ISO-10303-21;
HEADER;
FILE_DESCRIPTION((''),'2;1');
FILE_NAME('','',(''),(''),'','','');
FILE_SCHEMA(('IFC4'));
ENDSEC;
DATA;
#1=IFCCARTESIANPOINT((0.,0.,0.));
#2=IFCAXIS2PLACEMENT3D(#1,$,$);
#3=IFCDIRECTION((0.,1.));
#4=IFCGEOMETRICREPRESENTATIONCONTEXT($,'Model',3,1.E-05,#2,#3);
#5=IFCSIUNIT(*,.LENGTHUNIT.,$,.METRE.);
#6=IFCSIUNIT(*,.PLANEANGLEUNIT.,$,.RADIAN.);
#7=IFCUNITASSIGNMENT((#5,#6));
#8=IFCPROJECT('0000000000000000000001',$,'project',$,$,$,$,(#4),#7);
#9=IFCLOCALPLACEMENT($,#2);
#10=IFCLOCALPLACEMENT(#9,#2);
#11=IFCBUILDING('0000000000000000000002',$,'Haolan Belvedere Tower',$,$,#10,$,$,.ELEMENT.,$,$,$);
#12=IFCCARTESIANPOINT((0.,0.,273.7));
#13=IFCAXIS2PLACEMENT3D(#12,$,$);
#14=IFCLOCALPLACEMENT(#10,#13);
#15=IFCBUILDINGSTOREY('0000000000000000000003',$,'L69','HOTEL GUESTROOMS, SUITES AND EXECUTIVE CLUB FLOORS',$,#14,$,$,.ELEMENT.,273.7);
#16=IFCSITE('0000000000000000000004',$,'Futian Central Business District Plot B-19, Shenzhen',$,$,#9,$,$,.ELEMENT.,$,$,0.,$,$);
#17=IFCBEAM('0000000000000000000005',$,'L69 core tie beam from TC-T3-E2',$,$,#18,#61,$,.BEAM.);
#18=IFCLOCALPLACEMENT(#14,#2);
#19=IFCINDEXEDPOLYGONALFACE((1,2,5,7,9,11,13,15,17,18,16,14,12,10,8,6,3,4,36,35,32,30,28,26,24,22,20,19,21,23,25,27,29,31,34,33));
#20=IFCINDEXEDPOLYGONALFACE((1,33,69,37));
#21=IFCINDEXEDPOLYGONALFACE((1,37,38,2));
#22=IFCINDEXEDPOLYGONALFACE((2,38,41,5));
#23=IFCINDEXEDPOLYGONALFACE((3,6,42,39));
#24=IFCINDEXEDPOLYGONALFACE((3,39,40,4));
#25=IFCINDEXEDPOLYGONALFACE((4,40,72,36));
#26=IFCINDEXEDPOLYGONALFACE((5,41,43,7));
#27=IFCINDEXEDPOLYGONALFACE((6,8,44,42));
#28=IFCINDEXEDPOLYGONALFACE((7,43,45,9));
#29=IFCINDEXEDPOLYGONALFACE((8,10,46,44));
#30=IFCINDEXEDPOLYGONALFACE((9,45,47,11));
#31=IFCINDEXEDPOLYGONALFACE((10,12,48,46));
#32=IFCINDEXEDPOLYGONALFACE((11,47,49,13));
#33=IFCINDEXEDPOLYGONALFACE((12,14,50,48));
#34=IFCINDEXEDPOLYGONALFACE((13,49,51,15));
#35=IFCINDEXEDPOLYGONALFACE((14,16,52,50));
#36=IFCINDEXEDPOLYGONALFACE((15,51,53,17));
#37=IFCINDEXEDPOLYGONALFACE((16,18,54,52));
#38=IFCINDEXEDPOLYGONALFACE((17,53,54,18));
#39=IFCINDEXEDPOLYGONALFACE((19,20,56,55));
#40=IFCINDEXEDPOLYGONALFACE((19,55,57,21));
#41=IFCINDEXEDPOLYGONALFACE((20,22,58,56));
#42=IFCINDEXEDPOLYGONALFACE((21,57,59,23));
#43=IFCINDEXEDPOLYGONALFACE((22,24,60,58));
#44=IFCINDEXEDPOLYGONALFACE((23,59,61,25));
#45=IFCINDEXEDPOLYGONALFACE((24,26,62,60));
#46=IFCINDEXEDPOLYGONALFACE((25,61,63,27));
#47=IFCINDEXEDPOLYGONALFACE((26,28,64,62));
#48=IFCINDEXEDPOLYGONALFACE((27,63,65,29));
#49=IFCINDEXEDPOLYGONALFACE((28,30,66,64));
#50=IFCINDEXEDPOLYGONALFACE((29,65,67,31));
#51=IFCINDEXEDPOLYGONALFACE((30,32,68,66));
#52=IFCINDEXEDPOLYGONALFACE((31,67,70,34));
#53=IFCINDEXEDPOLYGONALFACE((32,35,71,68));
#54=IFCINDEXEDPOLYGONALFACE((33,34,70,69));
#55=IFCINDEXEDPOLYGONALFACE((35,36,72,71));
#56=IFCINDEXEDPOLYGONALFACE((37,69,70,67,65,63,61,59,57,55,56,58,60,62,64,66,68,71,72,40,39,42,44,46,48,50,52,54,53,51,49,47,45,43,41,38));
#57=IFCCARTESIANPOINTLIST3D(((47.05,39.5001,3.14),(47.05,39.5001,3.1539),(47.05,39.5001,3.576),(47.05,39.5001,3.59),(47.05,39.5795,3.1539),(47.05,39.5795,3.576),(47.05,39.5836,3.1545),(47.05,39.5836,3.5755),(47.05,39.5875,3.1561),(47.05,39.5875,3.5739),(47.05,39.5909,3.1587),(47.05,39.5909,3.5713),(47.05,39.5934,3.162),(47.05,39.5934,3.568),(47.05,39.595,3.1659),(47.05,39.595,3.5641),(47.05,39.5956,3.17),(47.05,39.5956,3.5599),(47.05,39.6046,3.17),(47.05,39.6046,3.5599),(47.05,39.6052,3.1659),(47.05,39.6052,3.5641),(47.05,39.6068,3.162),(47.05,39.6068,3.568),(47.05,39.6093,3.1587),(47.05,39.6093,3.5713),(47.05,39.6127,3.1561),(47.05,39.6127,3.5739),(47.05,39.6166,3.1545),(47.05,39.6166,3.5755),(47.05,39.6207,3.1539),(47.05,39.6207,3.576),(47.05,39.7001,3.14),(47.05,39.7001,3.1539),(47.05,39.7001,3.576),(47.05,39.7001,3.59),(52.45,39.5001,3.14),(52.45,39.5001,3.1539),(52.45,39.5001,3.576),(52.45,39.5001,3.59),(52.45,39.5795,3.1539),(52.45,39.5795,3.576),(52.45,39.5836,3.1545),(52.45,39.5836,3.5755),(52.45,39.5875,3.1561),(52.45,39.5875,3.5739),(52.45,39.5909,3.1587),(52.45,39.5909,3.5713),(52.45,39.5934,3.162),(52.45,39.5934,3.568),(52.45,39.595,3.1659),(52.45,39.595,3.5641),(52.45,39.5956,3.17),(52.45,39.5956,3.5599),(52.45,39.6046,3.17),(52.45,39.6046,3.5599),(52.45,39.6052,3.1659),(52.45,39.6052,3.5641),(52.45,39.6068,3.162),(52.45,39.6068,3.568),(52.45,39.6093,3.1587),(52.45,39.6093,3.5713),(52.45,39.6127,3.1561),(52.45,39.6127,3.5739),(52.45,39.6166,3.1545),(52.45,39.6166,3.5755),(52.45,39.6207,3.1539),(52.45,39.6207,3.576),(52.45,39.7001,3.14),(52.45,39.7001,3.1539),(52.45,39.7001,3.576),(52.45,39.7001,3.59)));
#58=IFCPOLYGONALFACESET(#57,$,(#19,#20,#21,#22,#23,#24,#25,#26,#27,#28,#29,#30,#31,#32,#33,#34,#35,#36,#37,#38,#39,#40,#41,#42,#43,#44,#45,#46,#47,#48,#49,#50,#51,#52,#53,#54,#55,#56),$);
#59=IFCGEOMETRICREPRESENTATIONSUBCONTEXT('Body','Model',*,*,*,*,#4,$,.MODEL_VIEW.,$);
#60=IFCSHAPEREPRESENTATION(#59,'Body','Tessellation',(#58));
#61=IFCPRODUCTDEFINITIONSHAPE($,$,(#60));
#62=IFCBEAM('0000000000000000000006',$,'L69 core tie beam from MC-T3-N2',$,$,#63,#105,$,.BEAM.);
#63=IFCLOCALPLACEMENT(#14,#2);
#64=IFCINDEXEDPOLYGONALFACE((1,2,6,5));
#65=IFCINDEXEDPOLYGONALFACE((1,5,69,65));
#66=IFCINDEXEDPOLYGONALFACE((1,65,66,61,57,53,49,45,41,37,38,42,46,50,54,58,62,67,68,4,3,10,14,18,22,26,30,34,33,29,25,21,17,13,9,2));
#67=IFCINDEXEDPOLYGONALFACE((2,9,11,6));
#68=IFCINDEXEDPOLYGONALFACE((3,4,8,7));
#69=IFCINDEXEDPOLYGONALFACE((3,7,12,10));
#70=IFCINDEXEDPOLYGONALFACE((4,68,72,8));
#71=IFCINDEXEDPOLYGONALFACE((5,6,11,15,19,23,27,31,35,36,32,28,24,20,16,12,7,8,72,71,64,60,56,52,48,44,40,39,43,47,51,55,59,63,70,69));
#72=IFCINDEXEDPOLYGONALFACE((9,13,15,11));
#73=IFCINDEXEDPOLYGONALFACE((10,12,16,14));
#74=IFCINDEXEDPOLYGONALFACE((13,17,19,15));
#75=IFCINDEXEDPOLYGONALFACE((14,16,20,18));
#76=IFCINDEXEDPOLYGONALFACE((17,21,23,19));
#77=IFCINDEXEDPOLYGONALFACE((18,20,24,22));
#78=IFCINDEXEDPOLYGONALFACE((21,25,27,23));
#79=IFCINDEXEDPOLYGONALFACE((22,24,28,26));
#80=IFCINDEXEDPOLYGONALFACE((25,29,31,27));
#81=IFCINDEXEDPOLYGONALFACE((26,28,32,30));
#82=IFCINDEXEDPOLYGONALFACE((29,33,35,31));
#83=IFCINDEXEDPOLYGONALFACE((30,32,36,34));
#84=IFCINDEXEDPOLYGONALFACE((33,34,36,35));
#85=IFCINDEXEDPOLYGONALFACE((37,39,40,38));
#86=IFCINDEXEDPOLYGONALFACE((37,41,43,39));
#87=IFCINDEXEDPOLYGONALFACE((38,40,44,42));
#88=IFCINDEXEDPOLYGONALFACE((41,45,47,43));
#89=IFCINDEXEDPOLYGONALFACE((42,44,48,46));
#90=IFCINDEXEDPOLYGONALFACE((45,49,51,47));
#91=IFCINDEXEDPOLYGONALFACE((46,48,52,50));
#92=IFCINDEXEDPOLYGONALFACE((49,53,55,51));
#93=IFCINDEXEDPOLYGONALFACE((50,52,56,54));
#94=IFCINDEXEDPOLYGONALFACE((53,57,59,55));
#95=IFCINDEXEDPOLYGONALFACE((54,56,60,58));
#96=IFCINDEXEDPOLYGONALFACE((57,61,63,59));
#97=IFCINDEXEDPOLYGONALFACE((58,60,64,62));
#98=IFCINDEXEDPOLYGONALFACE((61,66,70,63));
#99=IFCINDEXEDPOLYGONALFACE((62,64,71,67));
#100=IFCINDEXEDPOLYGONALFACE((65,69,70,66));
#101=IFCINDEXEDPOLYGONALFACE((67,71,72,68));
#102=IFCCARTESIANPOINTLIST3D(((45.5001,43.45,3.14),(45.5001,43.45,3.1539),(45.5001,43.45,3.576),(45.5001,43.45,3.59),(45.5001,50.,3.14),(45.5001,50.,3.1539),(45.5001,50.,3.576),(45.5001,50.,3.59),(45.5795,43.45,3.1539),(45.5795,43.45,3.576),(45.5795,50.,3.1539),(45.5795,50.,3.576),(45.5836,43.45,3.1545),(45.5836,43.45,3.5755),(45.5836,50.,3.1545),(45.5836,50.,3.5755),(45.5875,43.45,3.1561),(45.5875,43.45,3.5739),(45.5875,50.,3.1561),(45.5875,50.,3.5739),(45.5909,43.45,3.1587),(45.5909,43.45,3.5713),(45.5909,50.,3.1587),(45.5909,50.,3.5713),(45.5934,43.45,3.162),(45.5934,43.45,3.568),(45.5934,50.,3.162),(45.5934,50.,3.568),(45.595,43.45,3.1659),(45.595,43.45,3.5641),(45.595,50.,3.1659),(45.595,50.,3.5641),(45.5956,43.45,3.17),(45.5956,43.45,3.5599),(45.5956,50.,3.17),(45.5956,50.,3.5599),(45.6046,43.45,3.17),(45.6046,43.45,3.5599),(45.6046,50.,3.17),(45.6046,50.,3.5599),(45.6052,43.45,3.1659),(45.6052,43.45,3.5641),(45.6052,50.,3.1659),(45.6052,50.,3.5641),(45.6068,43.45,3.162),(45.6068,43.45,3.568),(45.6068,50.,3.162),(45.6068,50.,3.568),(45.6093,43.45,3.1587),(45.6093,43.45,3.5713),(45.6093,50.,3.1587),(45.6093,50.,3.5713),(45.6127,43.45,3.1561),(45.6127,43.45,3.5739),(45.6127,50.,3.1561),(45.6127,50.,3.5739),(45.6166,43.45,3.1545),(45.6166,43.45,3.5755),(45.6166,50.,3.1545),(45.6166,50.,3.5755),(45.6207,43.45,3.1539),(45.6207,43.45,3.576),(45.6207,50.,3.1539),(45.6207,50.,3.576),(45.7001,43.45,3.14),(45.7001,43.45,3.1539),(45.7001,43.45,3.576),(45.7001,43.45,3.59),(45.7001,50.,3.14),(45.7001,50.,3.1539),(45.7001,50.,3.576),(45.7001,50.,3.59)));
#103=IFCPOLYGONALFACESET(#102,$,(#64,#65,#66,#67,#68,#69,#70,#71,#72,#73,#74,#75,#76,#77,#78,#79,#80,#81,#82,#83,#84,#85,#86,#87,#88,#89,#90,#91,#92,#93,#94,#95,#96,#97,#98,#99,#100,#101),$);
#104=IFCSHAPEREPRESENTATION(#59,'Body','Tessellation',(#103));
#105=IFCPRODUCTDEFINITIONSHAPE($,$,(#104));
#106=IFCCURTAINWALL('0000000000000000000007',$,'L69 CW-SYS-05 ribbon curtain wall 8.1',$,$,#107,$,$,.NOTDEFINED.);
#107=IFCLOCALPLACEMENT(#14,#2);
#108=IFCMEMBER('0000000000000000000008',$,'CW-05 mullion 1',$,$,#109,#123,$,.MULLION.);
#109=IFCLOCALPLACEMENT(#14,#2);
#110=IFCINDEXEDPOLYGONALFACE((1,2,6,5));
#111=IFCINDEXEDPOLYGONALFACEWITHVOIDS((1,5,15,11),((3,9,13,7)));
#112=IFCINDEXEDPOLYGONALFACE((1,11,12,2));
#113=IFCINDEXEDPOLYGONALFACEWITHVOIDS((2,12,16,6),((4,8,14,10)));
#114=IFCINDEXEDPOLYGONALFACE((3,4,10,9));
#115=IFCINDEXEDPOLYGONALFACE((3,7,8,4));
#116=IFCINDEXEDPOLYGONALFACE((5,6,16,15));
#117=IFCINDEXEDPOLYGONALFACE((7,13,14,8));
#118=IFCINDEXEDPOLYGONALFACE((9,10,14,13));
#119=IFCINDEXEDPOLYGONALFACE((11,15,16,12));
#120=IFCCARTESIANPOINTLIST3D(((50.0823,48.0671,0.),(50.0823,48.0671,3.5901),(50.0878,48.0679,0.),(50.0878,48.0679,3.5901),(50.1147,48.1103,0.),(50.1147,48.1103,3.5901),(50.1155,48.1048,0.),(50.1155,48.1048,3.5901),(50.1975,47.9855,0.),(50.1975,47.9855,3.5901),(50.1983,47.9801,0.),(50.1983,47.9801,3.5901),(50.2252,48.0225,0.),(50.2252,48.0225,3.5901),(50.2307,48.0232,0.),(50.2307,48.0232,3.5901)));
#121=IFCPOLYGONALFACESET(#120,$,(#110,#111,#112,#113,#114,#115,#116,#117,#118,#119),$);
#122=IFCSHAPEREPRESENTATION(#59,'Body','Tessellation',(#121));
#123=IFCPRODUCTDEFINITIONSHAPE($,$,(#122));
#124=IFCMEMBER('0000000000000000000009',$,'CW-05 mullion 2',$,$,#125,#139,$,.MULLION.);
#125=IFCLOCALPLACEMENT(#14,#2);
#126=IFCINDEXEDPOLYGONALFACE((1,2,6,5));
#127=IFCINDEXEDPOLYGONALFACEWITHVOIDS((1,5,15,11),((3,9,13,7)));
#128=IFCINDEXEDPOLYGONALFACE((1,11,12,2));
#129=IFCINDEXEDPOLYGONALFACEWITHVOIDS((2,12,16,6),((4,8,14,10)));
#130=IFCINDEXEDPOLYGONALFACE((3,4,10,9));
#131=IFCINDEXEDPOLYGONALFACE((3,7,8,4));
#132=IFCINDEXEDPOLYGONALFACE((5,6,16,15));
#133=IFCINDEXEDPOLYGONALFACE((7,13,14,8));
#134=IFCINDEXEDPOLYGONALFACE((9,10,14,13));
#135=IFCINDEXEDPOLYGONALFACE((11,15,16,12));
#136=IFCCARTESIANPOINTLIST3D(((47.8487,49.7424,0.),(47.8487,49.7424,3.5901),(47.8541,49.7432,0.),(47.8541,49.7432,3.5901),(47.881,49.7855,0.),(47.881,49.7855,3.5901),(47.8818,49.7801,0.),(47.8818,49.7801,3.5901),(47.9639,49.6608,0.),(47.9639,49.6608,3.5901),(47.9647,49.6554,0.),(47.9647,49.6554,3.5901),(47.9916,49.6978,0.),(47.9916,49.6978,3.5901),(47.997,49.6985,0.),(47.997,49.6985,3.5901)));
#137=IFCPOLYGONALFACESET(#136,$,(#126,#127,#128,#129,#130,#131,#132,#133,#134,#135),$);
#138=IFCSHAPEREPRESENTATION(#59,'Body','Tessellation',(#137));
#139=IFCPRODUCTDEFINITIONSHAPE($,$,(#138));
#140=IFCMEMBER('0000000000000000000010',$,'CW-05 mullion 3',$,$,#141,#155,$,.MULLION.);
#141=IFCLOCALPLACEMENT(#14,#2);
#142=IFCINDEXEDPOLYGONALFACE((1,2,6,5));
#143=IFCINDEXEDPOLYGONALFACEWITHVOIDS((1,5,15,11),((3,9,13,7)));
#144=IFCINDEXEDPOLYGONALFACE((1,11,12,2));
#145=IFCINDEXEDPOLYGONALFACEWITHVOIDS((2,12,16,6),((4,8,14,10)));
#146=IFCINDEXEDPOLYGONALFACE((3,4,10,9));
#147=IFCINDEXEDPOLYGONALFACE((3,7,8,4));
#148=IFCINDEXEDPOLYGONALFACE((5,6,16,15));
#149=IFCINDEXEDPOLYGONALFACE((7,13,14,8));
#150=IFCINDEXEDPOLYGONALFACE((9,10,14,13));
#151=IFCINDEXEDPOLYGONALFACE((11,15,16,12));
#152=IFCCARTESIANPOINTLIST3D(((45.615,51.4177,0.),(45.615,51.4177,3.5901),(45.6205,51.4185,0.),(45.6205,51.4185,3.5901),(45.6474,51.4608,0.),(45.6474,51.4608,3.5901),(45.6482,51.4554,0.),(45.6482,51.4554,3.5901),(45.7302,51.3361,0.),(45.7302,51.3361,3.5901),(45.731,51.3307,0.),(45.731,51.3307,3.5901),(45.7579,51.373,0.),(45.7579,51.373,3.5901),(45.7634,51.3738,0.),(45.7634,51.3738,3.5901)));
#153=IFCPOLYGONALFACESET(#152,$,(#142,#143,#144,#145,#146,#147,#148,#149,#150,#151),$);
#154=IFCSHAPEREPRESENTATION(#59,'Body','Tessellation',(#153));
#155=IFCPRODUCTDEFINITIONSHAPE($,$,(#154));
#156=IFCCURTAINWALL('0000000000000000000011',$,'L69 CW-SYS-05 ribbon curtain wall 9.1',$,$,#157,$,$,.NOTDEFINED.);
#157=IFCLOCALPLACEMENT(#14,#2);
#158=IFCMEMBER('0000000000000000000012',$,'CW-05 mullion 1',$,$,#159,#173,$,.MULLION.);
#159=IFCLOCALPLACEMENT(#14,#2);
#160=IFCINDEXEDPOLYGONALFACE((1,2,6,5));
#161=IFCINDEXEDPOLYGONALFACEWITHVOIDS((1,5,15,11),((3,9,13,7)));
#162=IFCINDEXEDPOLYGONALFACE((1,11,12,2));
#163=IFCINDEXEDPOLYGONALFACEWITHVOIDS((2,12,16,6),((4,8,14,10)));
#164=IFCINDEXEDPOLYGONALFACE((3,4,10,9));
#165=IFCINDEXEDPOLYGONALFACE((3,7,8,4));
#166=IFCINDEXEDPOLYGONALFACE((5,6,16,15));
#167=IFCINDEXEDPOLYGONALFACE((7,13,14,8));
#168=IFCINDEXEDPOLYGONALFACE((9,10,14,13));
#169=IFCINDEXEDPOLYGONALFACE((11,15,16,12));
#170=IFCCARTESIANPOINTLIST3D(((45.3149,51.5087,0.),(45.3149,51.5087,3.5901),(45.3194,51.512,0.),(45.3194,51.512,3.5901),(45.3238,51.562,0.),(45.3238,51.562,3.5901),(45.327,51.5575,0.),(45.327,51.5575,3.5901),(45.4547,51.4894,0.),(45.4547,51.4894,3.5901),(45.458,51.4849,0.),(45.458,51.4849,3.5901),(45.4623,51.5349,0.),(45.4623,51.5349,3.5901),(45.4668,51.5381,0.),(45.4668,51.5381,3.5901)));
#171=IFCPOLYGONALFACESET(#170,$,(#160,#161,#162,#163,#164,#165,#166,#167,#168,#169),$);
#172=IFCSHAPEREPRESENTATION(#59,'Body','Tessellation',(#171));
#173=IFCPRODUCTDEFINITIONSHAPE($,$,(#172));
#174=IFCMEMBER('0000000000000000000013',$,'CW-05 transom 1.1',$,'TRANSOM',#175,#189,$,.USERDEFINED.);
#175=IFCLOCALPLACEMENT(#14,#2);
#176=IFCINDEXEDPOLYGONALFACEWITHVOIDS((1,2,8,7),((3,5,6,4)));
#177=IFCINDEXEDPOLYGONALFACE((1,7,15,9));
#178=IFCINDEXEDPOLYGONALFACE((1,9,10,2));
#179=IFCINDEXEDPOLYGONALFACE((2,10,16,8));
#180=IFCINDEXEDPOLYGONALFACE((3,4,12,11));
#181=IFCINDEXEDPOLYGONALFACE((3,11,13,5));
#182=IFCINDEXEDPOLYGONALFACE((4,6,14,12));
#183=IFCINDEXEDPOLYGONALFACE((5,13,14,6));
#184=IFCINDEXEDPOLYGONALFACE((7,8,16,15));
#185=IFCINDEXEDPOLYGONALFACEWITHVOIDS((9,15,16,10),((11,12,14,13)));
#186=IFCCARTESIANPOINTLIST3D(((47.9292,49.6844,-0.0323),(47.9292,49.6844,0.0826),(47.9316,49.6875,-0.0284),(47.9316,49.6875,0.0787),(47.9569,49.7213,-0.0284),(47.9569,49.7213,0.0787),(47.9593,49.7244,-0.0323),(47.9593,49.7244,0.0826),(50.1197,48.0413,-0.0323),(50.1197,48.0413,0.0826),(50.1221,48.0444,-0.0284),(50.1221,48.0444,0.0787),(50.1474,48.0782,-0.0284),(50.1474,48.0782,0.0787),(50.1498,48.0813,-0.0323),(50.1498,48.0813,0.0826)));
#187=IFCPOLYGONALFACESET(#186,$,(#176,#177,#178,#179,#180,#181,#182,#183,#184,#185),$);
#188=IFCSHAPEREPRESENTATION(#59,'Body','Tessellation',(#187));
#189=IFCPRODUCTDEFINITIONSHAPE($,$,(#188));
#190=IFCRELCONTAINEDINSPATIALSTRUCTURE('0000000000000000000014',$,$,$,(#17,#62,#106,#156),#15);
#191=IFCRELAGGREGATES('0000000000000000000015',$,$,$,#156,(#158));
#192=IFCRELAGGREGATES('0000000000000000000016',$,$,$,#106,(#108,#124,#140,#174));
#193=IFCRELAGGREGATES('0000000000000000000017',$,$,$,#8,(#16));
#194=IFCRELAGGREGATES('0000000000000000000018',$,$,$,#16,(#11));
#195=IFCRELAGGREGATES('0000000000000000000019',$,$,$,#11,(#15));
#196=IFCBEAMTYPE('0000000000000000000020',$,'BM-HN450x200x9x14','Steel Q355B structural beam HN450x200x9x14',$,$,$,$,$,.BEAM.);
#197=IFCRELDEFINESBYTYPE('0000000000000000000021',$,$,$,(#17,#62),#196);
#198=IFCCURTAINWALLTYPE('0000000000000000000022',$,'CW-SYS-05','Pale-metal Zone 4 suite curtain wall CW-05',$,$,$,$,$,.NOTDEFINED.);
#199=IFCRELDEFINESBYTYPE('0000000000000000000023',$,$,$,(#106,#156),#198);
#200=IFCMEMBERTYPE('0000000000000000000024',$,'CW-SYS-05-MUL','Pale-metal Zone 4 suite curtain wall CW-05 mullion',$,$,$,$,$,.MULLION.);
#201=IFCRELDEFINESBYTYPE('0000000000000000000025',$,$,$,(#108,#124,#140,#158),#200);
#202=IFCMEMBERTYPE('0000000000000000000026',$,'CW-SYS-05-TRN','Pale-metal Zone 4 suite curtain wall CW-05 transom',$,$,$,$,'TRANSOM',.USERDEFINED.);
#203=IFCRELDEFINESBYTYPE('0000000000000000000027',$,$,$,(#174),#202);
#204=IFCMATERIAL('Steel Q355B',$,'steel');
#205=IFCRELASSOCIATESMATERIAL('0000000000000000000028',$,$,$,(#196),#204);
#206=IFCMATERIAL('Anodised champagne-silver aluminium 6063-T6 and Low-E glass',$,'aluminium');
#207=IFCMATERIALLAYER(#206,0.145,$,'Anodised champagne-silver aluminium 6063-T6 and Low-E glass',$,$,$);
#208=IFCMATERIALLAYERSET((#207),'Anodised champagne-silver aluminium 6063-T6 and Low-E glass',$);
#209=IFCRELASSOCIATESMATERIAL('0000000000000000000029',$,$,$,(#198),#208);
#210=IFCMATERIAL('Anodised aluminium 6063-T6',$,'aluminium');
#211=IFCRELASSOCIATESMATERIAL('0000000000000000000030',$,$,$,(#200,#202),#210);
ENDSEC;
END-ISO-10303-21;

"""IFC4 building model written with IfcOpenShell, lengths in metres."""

from ifc_helpers import new_model, si_unit, direction, frame, origin, origin_2d, place, context, subcontext, project, spatial, hollow_rectangle, i_section, extrude, material, layer, layer_set, material_profile, profile_set, type_object, element, aggregate, save


model = new_model("IFC4")

# Units and contexts
model_context = context("Model", 3, precision=1e-05, world=origin(), true_north=direction((0.0, 1.0)))
body_context = subcontext(model_context, "Body", "Model", "MODEL_VIEW")
ifc_project = project(units=[si_unit("LENGTHUNIT", "METRE"), si_unit("PLANEANGLEUNIT", "RADIAN")], contexts=[model_context])

# Site, building, storey
site_placement = place(None, origin())
site = spatial("IfcSite", under=ifc_project, at=site_placement, Name="Futian Central Business District Plot B-19, Shenzhen", CompositionType="ELEMENT", RefElevation=0.0)
building_placement = place(site_placement, origin())
building = spatial("IfcBuilding", under=site, at=building_placement, Name="Haolan Belvedere Tower", CompositionType="ELEMENT")
storey_placement = place(building_placement, frame((0.0, 0.0, 273.7)))
storey = spatial("IfcBuildingStorey", under=building, at=storey_placement, Name="L69", Description="HOTEL GUESTROOMS, SUITES AND EXECUTIVE CLUB FLOORS", CompositionType="ELEMENT", Elevation=273.7)

# Beams
ifc_material_1 = material(Name="Steel Q355B", Category="steel")
ifc_material_profile_1 = material_profile(ifc_material_1, i_section(OverallWidth=0.2, OverallDepth=0.45, WebThickness=0.009, FlangeThickness=0.0139, FilletRadius=0.0161, at=origin_2d()), Name="Steel Q355B")
ifc_profile_set_1 = profile_set([ifc_material_profile_1], Name="Steel Q355B")
beam_type_1 = type_object("IfcBeamType", Name="BM-HN450x200x9x14", Description="Steel Q355B structural beam HN450x200x9x14", PredefinedType="BEAM", material=ifc_profile_set_1)
beam_1_placement = place(storey_placement, frame((52.45, 39.6001, 3.365), z_axis=(-1.0, 0.0, 0.0), x_axis=(0.0, -1.0, 0.0)))
element("IfcBeam", 1, at=beam_1_placement, inside=storey, type_object=beam_type_1, Name="L69 core tie beam from TC-T3-E2", PredefinedType="BEAM", context=body_context, shape_type="SweptSolid", body=[
    extrude(i_section(OverallWidth=0.2, OverallDepth=0.45, WebThickness=0.009, FlangeThickness=0.0139, FilletRadius=0.0161, at=origin_2d()), origin(), (0.0, 0.0, 1.0), 5.3999),
])
beam_2_placement = place(storey_placement, frame((45.6001, 50.0, 3.365), z_axis=(0.0, -1.0, 0.0), x_axis=(1.0, 0.0, 0.0)))
element("IfcBeam", 2, at=beam_2_placement, inside=storey, type_object=beam_type_1, Name="L69 core tie beam from MC-T3-N2", PredefinedType="BEAM", context=body_context, shape_type="SweptSolid", body=[
    extrude(i_section(OverallWidth=0.2, OverallDepth=0.45, WebThickness=0.009, FlangeThickness=0.0139, FilletRadius=0.0161, at=origin_2d()), origin(), (0.0, 0.0, 1.0), 6.55),
])

# Curtain wall, members
ifc_material_2 = material(Name="Anodised champagne-silver aluminium 6063-T6 and Low-E glass", Category="aluminium")
ifc_layer_1 = layer(ifc_material_2, 0.145, Name="Anodised champagne-silver aluminium 6063-T6 and Low-E glass")
ifc_layer_set_1 = layer_set([ifc_layer_1], Name="Anodised champagne-silver aluminium 6063-T6 and Low-E glass")
curtain_wall_type = type_object("IfcCurtainWallType", Name="CW-SYS-05", Description="Pale-metal Zone 4 suite curtain wall CW-05", PredefinedType="NOTDEFINED", material=ifc_layer_set_1)
curtain_wall_1_placement = place(storey_placement, origin())
curtain_wall_1 = element("IfcCurtainWall", 3, at=curtain_wall_1_placement, inside=storey, type_object=curtain_wall_type, Name="L69 CW-SYS-05 ribbon curtain wall 8.1", PredefinedType="NOTDEFINED")
ifc_material_3 = material(Name="Anodised aluminium 6063-T6", Category="aluminium")
ifc_material_profile_2 = material_profile(ifc_material_3, hollow_rectangle(XDim=0.054, YDim=0.145, WallThickness=0.0039, at=origin_2d()), Name="Anodised aluminium 6063-T6")
ifc_profile_set_2 = profile_set([ifc_material_profile_2], Name="Anodised aluminium 6063-T6")
member_type_1 = type_object("IfcMemberType", Name="CW-SYS-05-MUL", Description="Pale-metal Zone 4 suite curtain wall CW-05 mullion", PredefinedType="MULLION", material=ifc_profile_set_2)
member_1_placement = place(storey_placement, frame((50.1565, 48.0452, 0.0), z_axis=(0.0, 0.0, 1.0), x_axis=(-0.600003, -0.799998, 0.0)))
member_1 = element("IfcMember", 4, at=member_1_placement, type_object=member_type_1, Name="CW-05 mullion 1", PredefinedType="MULLION", context=body_context, shape_type="SweptSolid", body=[
    extrude(hollow_rectangle(XDim=0.054, YDim=0.145, WallThickness=0.0039, at=origin_2d()), origin(), (0.0, 0.0, 1.0), 3.5901),
])
member_2_placement = place(storey_placement, frame((47.9229, 49.7205, 0.0), z_axis=(0.0, 0.0, 1.0), x_axis=(-0.600003, -0.799998, 0.0)))
member_2 = element("IfcMember", 5, at=member_2_placement, type_object=member_type_1, Name="CW-05 mullion 2", PredefinedType="MULLION", context=body_context, shape_type="SweptSolid", body=[
    extrude(hollow_rectangle(XDim=0.054, YDim=0.145, WallThickness=0.0039, at=origin_2d()), origin(), (0.0, 0.0, 1.0), 3.5901),
])
member_3_placement = place(storey_placement, frame((45.6892, 51.3958, 0.0), z_axis=(0.0, 0.0, 1.0), x_axis=(-0.600003, -0.799998, 0.0)))
member_3 = element("IfcMember", 6, at=member_3_placement, type_object=member_type_1, Name="CW-05 mullion 3", PredefinedType="MULLION", context=body_context, shape_type="SweptSolid", body=[
    extrude(hollow_rectangle(XDim=0.054, YDim=0.145, WallThickness=0.0039, at=origin_2d()), origin(), (0.0, 0.0, 1.0), 3.5901),
])

# Curtain wall, member
curtain_wall_2_placement = place(storey_placement, origin())
curtain_wall_2 = element("IfcCurtainWall", 7, at=curtain_wall_2_placement, inside=storey, type_object=curtain_wall_type, Name="L69 CW-SYS-05 ribbon curtain wall 9.1", PredefinedType="NOTDEFINED")
member_4_placement = place(storey_placement, frame((45.3909, 51.5234, 0.0), z_axis=(0.0, 0.0, 1.0), x_axis=(-0.164406, -0.986393, 0.0)))
member_4 = element("IfcMember", 8, at=member_4_placement, type_object=member_type_1, Name="CW-05 mullion 1", PredefinedType="MULLION", context=body_context, shape_type="SweptSolid", body=[
    extrude(hollow_rectangle(XDim=0.054, YDim=0.145, WallThickness=0.0039, at=origin_2d()), origin(), (0.0, 0.0, 1.0), 3.5901),
])

# Member
ifc_material_profile_3 = material_profile(ifc_material_3, hollow_rectangle(XDim=0.05, YDim=0.115, WallThickness=0.0039, at=origin_2d()), Name="Anodised aluminium 6063-T6")
ifc_profile_set_3 = profile_set([ifc_material_profile_3], Name="Anodised aluminium 6063-T6")
member_type_2 = type_object("IfcMemberType", Name="CW-SYS-05-TRN", Description="Pale-metal Zone 4 suite curtain wall CW-05 transom", ElementType="TRANSOM", PredefinedType="USERDEFINED", material=ifc_profile_set_3)
member_5_placement = place(storey_placement, frame((50.1348, 48.0613, 0.0251), z_axis=(-0.799957, 0.600057, 0.0), x_axis=(-0.600057, -0.799957, 0.0)))
member_5 = element("IfcMember", 9, at=member_5_placement, type_object=member_type_2, Name="CW-05 transom 1.1", ObjectType="TRANSOM", PredefinedType="USERDEFINED", context=body_context, shape_type="SweptSolid", body=[
    extrude(hollow_rectangle(XDim=0.05, YDim=0.115, WallThickness=0.0039, at=origin_2d()), origin(), (0.0, 0.0, 1.0), 2.7383),
])
aggregate(curtain_wall_2, [member_4])

aggregate(curtain_wall_1, [member_1, member_2, member_3, member_5])

save(model, "model.ifc")
